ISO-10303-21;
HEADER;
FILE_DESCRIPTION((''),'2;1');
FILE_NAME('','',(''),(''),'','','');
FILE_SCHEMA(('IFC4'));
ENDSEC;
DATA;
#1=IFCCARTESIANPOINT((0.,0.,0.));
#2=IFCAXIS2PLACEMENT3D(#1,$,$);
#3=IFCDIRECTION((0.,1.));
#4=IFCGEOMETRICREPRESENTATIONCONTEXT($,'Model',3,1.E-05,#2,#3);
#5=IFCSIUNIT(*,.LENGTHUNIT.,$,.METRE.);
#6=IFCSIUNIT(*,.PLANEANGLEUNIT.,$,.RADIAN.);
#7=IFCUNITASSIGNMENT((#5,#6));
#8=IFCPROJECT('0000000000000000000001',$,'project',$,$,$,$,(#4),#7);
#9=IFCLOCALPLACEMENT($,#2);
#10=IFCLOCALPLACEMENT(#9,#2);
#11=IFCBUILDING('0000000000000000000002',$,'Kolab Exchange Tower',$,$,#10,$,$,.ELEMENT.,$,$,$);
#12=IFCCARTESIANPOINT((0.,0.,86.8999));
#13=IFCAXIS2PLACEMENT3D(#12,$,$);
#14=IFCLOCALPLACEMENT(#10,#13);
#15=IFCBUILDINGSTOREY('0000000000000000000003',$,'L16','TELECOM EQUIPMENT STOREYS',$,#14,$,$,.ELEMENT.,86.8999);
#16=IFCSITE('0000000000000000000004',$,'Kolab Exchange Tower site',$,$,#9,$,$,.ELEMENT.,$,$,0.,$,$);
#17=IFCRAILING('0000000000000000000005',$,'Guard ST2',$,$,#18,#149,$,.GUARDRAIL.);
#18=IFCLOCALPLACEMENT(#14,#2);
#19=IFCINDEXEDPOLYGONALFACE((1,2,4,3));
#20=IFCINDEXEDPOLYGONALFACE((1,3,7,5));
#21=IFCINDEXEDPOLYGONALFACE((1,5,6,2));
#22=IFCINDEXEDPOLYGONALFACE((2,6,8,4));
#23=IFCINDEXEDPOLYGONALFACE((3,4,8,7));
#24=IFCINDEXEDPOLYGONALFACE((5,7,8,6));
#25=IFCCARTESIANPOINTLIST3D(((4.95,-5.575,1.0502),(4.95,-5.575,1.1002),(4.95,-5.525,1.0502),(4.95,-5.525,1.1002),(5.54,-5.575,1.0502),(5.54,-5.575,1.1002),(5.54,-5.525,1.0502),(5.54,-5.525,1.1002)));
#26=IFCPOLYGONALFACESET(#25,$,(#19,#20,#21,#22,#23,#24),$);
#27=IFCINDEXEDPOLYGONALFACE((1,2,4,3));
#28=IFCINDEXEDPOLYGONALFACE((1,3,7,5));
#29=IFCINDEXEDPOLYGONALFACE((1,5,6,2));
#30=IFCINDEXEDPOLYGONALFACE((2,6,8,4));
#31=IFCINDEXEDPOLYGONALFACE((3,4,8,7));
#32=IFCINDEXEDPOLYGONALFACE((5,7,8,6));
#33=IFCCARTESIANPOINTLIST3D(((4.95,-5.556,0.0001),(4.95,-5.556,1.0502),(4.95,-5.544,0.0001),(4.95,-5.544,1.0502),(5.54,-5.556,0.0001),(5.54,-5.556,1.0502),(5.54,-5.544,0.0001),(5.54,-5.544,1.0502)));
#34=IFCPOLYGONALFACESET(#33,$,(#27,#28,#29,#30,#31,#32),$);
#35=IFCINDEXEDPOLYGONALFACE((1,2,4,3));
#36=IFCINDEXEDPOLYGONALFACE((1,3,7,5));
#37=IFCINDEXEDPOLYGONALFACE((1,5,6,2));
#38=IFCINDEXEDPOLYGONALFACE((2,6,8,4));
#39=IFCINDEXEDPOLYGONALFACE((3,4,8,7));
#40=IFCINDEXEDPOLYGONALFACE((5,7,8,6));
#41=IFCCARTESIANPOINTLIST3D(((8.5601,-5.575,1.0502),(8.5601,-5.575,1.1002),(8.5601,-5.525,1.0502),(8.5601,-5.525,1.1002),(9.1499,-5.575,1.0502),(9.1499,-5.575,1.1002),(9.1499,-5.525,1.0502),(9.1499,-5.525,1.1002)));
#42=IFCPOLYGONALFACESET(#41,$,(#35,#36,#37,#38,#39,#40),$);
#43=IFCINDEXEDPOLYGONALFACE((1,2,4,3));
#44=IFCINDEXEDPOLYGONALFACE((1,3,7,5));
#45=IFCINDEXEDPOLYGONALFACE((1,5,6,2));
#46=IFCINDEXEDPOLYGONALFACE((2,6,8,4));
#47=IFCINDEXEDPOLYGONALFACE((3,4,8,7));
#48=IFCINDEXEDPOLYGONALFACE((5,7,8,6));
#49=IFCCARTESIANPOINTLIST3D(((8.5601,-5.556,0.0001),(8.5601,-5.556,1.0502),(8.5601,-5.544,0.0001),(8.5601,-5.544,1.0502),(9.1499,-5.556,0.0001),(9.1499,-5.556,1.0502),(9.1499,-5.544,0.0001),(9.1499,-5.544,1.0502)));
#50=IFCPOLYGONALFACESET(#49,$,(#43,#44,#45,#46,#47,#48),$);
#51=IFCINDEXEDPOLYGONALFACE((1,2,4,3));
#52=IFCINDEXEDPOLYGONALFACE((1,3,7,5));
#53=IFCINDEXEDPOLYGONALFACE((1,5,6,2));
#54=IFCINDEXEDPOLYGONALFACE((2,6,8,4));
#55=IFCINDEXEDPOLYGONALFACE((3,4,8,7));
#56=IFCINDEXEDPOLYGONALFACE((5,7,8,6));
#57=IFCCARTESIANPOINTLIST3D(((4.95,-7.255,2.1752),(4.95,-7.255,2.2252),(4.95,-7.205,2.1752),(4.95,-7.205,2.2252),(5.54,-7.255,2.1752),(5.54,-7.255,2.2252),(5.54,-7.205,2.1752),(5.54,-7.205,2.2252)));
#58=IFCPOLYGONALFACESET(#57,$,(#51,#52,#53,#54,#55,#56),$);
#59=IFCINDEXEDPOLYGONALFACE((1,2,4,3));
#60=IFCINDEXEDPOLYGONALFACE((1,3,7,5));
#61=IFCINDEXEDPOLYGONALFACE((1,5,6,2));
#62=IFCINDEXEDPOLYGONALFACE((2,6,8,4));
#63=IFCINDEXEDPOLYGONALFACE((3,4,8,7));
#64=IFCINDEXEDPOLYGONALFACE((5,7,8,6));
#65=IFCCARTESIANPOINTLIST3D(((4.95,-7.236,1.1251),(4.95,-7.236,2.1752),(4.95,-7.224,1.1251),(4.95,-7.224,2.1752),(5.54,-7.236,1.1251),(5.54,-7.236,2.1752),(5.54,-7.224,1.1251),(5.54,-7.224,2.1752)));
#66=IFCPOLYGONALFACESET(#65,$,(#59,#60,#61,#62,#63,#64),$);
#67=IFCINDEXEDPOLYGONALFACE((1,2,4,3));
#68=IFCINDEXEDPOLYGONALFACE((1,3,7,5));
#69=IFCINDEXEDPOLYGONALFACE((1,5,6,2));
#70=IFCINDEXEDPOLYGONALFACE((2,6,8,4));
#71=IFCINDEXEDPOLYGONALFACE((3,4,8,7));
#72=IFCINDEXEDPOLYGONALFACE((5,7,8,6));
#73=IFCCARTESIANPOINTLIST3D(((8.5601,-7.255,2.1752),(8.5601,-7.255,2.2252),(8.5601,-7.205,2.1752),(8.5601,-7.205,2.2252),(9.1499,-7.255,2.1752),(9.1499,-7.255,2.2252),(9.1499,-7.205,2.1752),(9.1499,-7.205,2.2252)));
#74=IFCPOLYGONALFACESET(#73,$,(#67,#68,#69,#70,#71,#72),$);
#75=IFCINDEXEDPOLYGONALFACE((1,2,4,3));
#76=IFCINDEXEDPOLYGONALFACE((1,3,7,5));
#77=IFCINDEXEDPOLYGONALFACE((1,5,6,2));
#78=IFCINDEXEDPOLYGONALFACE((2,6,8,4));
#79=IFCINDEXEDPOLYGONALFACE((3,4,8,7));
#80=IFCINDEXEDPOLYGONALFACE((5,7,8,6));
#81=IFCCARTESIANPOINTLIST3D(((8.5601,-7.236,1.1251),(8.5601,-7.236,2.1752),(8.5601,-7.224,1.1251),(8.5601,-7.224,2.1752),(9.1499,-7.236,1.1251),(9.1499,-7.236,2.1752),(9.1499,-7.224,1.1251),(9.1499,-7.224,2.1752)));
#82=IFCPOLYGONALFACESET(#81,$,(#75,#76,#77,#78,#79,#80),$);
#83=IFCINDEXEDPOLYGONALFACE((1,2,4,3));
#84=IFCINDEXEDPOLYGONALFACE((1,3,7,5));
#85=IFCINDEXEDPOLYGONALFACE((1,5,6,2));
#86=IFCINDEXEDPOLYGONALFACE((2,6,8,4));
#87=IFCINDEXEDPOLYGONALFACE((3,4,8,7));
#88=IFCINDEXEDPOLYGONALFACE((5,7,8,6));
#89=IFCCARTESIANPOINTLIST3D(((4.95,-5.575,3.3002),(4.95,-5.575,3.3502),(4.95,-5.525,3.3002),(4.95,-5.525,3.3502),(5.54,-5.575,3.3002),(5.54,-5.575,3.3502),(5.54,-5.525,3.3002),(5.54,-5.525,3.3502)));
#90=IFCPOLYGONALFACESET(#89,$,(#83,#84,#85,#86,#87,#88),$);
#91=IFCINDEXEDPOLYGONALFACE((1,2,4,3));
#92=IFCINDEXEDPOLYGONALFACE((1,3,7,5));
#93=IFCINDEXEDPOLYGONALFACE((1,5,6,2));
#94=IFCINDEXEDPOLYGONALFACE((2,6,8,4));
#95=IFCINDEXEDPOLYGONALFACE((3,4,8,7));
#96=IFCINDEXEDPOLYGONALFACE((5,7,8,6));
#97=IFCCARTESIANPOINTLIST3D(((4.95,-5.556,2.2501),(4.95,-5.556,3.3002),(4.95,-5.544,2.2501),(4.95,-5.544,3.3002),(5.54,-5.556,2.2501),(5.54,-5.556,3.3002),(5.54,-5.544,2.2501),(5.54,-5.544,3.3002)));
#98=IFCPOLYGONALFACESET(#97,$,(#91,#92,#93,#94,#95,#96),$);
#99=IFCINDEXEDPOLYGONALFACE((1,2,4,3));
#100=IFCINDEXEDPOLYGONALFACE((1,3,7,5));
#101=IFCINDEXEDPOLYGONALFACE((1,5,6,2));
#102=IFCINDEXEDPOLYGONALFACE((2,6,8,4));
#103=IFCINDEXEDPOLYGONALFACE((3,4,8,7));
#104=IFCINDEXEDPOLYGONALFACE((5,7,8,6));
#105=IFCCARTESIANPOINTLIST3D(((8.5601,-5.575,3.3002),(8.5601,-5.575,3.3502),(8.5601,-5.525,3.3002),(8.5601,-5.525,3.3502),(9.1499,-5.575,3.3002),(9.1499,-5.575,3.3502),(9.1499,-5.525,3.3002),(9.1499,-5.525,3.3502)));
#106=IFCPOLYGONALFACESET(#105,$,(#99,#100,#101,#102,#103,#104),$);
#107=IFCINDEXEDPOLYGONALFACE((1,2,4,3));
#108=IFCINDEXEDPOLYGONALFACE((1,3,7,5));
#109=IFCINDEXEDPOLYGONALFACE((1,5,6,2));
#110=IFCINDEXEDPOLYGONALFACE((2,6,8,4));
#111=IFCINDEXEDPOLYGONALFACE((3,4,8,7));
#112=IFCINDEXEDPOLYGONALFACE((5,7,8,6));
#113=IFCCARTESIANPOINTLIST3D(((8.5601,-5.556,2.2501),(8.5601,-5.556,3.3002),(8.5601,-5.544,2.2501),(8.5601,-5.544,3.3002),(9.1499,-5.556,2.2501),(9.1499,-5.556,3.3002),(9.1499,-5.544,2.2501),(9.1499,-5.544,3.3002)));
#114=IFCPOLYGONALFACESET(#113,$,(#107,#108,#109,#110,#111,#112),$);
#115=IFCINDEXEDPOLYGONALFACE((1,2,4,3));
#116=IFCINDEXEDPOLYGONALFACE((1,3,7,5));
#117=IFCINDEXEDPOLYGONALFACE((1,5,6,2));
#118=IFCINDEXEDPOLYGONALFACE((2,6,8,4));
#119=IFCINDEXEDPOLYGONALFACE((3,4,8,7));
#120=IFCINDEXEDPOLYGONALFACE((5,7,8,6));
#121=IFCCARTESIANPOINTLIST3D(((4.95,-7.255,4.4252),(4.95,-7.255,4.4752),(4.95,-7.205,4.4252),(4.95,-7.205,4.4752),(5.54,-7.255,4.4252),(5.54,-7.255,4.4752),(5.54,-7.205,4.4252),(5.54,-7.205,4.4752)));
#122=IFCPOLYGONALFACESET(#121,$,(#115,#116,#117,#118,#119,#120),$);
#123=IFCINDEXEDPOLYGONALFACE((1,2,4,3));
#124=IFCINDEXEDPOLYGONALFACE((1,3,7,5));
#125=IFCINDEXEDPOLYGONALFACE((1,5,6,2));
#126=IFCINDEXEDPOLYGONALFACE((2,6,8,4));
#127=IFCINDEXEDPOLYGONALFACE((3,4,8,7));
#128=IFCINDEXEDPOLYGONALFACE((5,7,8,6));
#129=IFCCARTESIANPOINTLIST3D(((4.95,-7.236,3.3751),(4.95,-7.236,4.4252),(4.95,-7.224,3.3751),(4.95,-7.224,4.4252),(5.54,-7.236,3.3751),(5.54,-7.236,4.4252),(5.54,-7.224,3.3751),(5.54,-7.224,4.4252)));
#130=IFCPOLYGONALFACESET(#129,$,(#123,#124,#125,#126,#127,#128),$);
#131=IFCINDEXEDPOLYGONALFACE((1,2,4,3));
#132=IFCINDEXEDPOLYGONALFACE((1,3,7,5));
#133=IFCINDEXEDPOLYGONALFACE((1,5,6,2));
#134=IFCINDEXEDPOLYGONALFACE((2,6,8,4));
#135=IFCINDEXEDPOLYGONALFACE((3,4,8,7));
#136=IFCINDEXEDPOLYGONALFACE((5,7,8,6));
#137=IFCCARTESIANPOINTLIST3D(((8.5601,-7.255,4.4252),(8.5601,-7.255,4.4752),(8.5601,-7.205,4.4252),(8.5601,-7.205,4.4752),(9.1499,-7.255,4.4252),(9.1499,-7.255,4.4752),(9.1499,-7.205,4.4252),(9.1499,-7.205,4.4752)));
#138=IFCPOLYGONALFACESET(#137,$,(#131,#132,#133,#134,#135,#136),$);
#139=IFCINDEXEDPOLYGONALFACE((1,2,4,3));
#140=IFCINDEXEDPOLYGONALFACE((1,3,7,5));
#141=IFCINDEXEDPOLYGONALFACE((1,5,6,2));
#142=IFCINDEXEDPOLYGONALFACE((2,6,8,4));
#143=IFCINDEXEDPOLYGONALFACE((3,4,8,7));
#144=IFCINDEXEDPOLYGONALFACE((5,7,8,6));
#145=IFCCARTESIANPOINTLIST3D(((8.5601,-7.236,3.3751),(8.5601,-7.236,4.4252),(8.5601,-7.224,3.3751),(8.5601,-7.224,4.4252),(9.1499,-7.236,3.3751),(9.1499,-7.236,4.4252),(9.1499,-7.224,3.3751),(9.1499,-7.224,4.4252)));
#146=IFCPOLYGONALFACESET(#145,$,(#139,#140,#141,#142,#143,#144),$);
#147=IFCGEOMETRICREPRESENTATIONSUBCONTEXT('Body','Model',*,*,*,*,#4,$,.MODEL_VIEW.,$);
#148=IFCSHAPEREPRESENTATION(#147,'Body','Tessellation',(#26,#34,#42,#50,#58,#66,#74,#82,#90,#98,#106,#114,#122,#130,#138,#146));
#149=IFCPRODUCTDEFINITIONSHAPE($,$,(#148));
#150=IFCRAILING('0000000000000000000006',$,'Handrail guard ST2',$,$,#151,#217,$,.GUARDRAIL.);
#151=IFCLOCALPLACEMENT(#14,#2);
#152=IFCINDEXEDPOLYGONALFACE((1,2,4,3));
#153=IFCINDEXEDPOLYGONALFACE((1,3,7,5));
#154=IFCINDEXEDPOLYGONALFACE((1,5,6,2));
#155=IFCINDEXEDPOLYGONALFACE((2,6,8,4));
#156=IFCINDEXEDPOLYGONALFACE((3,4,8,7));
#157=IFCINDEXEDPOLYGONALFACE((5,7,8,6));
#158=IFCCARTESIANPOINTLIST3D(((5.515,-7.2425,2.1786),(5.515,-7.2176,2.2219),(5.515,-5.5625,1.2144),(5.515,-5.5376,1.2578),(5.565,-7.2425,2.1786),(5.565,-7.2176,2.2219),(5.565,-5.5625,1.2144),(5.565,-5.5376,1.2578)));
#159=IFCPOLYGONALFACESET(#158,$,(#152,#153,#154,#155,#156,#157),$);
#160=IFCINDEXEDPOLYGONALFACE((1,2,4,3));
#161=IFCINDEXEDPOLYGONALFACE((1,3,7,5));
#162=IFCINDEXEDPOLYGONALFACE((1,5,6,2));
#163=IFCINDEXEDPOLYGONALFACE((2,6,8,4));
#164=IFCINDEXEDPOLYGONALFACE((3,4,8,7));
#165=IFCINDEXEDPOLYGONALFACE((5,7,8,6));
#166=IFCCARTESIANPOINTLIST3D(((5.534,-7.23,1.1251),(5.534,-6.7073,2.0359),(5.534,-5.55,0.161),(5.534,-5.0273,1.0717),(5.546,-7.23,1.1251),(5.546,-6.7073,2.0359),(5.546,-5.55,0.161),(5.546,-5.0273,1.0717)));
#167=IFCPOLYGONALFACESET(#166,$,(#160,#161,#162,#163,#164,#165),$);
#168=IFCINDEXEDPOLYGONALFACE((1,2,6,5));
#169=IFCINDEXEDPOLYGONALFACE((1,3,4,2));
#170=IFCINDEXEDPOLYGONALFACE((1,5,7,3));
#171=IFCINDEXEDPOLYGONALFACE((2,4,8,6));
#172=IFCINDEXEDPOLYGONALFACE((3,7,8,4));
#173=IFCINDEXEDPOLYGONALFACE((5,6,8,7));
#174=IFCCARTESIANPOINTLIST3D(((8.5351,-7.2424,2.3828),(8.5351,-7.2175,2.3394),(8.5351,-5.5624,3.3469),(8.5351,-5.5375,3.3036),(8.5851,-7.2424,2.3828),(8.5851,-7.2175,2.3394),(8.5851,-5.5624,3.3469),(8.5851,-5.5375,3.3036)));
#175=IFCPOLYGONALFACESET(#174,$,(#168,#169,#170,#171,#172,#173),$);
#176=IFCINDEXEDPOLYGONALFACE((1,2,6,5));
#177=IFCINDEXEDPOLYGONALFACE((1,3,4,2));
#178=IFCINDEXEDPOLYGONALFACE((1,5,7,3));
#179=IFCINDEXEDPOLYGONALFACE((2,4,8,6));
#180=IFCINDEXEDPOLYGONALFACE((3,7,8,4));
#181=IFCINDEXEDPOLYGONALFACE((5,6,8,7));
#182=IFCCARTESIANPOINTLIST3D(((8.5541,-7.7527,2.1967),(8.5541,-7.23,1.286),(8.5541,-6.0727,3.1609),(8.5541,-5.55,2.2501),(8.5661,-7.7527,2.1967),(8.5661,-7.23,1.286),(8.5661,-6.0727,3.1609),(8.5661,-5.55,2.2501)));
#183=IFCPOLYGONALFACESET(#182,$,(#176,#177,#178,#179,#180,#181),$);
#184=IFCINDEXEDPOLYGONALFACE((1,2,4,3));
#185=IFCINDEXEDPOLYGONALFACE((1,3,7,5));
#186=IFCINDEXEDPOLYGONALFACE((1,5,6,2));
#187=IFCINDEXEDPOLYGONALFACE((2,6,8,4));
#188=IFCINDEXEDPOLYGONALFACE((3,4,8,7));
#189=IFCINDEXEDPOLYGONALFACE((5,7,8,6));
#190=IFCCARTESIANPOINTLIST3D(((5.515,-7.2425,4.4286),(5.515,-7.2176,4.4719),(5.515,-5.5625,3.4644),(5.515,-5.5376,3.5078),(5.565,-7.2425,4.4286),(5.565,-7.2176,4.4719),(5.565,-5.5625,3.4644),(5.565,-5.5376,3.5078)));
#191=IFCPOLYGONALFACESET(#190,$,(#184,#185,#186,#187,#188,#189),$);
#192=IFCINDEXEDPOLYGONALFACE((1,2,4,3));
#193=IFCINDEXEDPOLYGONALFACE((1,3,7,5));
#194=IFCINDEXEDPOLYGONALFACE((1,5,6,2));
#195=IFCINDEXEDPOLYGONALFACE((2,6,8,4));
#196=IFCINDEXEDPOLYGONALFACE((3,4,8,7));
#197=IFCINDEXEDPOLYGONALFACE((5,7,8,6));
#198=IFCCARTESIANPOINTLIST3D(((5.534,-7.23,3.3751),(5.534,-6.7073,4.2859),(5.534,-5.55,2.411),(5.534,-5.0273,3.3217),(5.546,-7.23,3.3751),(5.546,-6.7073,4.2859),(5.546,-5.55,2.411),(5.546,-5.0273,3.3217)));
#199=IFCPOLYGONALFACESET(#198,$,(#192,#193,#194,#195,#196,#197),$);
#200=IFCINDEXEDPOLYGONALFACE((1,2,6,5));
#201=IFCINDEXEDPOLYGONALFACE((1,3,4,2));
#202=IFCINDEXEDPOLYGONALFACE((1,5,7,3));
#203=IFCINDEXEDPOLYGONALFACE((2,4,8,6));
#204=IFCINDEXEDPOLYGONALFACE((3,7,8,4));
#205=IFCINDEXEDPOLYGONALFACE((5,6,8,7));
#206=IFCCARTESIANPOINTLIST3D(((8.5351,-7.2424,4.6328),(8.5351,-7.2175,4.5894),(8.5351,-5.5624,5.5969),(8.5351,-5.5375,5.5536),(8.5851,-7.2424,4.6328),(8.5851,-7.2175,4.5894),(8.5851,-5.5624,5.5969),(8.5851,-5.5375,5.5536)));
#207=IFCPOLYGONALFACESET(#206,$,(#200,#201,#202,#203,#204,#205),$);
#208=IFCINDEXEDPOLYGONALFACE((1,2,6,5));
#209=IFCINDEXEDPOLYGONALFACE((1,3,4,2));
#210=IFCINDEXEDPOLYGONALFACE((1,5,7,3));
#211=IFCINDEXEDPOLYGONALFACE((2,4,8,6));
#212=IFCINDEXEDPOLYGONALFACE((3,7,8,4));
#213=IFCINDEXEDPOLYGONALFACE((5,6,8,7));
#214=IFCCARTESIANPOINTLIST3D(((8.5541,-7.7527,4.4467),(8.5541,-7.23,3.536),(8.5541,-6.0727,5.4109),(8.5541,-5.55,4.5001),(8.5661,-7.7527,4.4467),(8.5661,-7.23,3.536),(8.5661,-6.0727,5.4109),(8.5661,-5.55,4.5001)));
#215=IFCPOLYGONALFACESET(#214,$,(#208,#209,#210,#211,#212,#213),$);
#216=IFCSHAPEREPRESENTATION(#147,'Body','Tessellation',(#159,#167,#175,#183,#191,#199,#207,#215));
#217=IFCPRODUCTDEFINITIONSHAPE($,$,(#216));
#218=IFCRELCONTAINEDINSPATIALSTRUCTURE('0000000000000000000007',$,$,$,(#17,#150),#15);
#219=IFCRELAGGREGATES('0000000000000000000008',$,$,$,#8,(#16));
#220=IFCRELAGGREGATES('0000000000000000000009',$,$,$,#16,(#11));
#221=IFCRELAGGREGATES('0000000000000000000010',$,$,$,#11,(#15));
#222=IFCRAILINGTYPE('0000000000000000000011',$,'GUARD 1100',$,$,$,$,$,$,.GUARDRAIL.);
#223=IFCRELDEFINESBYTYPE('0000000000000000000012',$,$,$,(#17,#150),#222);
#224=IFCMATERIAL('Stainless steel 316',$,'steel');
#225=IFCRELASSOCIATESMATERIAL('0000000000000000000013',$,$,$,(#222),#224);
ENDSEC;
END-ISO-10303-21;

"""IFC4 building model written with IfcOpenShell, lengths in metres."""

from ifc_helpers import new_model, si_unit, direction, frame, frame_2d, origin, origin_2d, place, context, subcontext, project, spatial, rectangle, extrude, material, type_object, element, save


model = new_model("IFC4")

# Units and contexts
model_context = context("Model", 3, precision=1e-05, world=origin(), true_north=direction((0.0, 1.0)))
body_context = subcontext(model_context, "Body", "Model", "MODEL_VIEW")
ifc_project = project(units=[si_unit("LENGTHUNIT", "METRE"), si_unit("PLANEANGLEUNIT", "RADIAN")], contexts=[model_context])

# Site, building, storey
site_placement = place(None, origin())
site = spatial("IfcSite", under=ifc_project, at=site_placement, Name="Kolab Exchange Tower site", CompositionType="ELEMENT", RefElevation=0.0)
building_placement = place(site_placement, origin())
building = spatial("IfcBuilding", under=site, at=building_placement, Name="Kolab Exchange Tower", CompositionType="ELEMENT")
storey_placement = place(building_placement, frame((0.0, 0.0, 86.8999)))
storey = spatial("IfcBuildingStorey", under=building, at=storey_placement, Name="L16", Description="TELECOM EQUIPMENT STOREYS", CompositionType="ELEMENT", Elevation=86.8999)

# Railings
ifc_material_1 = material(Name="Stainless steel 316", Category="steel")
railing_type = type_object("IfcRailingType", Name="GUARD 1100", PredefinedType="GUARDRAIL", material=ifc_material_1)
railing_1_placement = place(storey_placement, frame((4.95, -5.55, 0.0)))
element("IfcRailing", 1, at=railing_1_placement, inside=storey, type_object=railing_type, Name="Guard ST2", PredefinedType="GUARDRAIL", context=body_context, shape_type="SweptSolid", body=[
    extrude(rectangle(XDim=0.05, YDim=0.05, at=origin_2d()), frame((0.0, 0.0, 1.0752), z_axis=(1.0, 0.0, 0.0), x_axis=(0.0, 1.0, 0.0)), (0.0, 0.0, 1.0), 0.5901),
    extrude(rectangle(XDim=0.012, YDim=1.0501, at=frame_2d((0.0, 0.5251))), frame((0.0, 0.0, 0.0), z_axis=(1.0, 0.0, 0.0), x_axis=(0.0, 1.0, 0.0)), (0.0, 0.0, 1.0), 0.5901),
    extrude(rectangle(XDim=0.05, YDim=0.05, at=origin_2d()), frame((3.6101, 0.0, 1.0752), z_axis=(1.0, 0.0, 0.0), x_axis=(0.0, 1.0, 0.0)), (0.0, 0.0, 1.0), 0.5898),
    extrude(rectangle(XDim=0.012, YDim=1.0501, at=frame_2d((0.0, 0.5251))), frame((3.6101, 0.0, 0.0), z_axis=(1.0, 0.0, 0.0), x_axis=(0.0, 1.0, 0.0)), (0.0, 0.0, 1.0), 0.5898),
    extrude(rectangle(XDim=0.05, YDim=0.05, at=origin_2d()), frame((0.0, -1.6799, 2.2002), z_axis=(1.0, 0.0, 0.0), x_axis=(0.0, 1.0, 0.0)), (0.0, 0.0, 1.0), 0.5901),
    extrude(rectangle(XDim=0.012, YDim=1.0501, at=frame_2d((0.0, 0.5251))), frame((0.0, -1.6799, 1.125), z_axis=(1.0, 0.0, 0.0), x_axis=(0.0, 1.0, 0.0)), (0.0, 0.0, 1.0), 0.5901),
    extrude(rectangle(XDim=0.05, YDim=0.05, at=origin_2d()), frame((3.6101, -1.6799, 2.2002), z_axis=(1.0, 0.0, 0.0), x_axis=(0.0, 1.0, 0.0)), (0.0, 0.0, 1.0), 0.5898),
    extrude(rectangle(XDim=0.012, YDim=1.0501, at=frame_2d((0.0, 0.5251))), frame((3.6101, -1.6799, 1.125), z_axis=(1.0, 0.0, 0.0), x_axis=(0.0, 1.0, 0.0)), (0.0, 0.0, 1.0), 0.5898),
    extrude(rectangle(XDim=0.05, YDim=0.05, at=origin_2d()), frame((0.0, 0.0, 3.3252), z_axis=(1.0, 0.0, 0.0), x_axis=(0.0, 1.0, 0.0)), (0.0, 0.0, 1.0), 0.5901),
    extrude(rectangle(XDim=0.012, YDim=1.0501, at=frame_2d((0.0, 0.5251))), frame((0.0, 0.0, 2.25), z_axis=(1.0, 0.0, 0.0), x_axis=(0.0, 1.0, 0.0)), (0.0, 0.0, 1.0), 0.5901),
    extrude(rectangle(XDim=0.05, YDim=0.05, at=origin_2d()), frame((3.6101, 0.0, 3.3252), z_axis=(1.0, 0.0, 0.0), x_axis=(0.0, 1.0, 0.0)), (0.0, 0.0, 1.0), 0.5898),
    extrude(rectangle(XDim=0.012, YDim=1.0501, at=frame_2d((0.0, 0.5251))), frame((3.6101, 0.0, 2.25), z_axis=(1.0, 0.0, 0.0), x_axis=(0.0, 1.0, 0.0)), (0.0, 0.0, 1.0), 0.5898),
    extrude(rectangle(XDim=0.05, YDim=0.05, at=origin_2d()), frame((0.0, -1.6799, 4.4502), z_axis=(1.0, 0.0, 0.0), x_axis=(0.0, 1.0, 0.0)), (0.0, 0.0, 1.0), 0.5901),
    extrude(rectangle(XDim=0.012, YDim=1.0501, at=frame_2d((0.0, 0.5251))), frame((0.0, -1.6799, 3.375), z_axis=(1.0, 0.0, 0.0), x_axis=(0.0, 1.0, 0.0)), (0.0, 0.0, 1.0), 0.5901),
    extrude(rectangle(XDim=0.05, YDim=0.05, at=origin_2d()), frame((3.6101, -1.6799, 4.4502), z_axis=(1.0, 0.0, 0.0), x_axis=(0.0, 1.0, 0.0)), (0.0, 0.0, 1.0), 0.5898),
    extrude(rectangle(XDim=0.012, YDim=1.0501, at=frame_2d((0.0, 0.5251))), frame((3.6101, -1.6799, 3.375), z_axis=(1.0, 0.0, 0.0), x_axis=(0.0, 1.0, 0.0)), (0.0, 0.0, 1.0), 0.5898),
])
railing_2_placement = place(storey_placement, frame((5.54, -5.55, 0.1609)))
element("IfcRailing", 2, at=railing_2_placement, inside=storey, type_object=railing_type, Name="Handrail guard ST2", PredefinedType="GUARDRAIL", context=body_context, shape_type="SweptSolid", body=[
    extrude(rectangle(XDim=0.05, YDim=0.05, at=origin_2d()), frame((0.0, 0.0, 1.0752), z_axis=(0.0, -0.867319, 0.497753), x_axis=(1.0, 0.0, 0.0)), (0.0, 0.0, 1.0), 1.937),
    extrude(rectangle(XDim=0.012, YDim=1.0501, at=frame_2d((0.0, 0.5251))), frame((0.0, 0.0, 0.0), z_axis=(0.0, -0.867319, 0.497753), x_axis=(1.0, 0.0, 0.0)), (0.0, 0.0, 1.0), 1.937),
    extrude(rectangle(XDim=0.05, YDim=0.05, at=origin_2d()), frame((3.02, -1.6799, 2.2002), z_axis=(0.0, 0.867319, 0.497753), x_axis=(-1.0, 0.0, 0.0)), (0.0, 0.0, 1.0), 1.937),
    extrude(rectangle(XDim=0.012, YDim=1.0501, at=frame_2d((0.0, 0.5251))), frame((3.02, -1.6799, 1.125), z_axis=(0.0, 0.867319, 0.497753), x_axis=(-1.0, 0.0, 0.0)), (0.0, 0.0, 1.0), 1.937),
    extrude(rectangle(XDim=0.05, YDim=0.05, at=origin_2d()), frame((0.0, 0.0, 3.3252), z_axis=(0.0, -0.867319, 0.497753), x_axis=(1.0, 0.0, 0.0)), (0.0, 0.0, 1.0), 1.937),
    extrude(rectangle(XDim=0.012, YDim=1.0501, at=frame_2d((0.0, 0.5251))), frame((0.0, 0.0, 2.25), z_axis=(0.0, -0.867319, 0.497753), x_axis=(1.0, 0.0, 0.0)), (0.0, 0.0, 1.0), 1.937),
    extrude(rectangle(XDim=0.05, YDim=0.05, at=origin_2d()), frame((3.02, -1.6799, 4.4502), z_axis=(0.0, 0.867319, 0.497753), x_axis=(-1.0, 0.0, 0.0)), (0.0, 0.0, 1.0), 1.937),
    extrude(rectangle(XDim=0.012, YDim=1.0501, at=frame_2d((0.0, 0.5251))), frame((3.02, -1.6799, 3.375), z_axis=(0.0, 0.867319, 0.497753), x_axis=(-1.0, 0.0, 0.0)), (0.0, 0.0, 1.0), 1.937),
])

save(model, "model.ifc")
